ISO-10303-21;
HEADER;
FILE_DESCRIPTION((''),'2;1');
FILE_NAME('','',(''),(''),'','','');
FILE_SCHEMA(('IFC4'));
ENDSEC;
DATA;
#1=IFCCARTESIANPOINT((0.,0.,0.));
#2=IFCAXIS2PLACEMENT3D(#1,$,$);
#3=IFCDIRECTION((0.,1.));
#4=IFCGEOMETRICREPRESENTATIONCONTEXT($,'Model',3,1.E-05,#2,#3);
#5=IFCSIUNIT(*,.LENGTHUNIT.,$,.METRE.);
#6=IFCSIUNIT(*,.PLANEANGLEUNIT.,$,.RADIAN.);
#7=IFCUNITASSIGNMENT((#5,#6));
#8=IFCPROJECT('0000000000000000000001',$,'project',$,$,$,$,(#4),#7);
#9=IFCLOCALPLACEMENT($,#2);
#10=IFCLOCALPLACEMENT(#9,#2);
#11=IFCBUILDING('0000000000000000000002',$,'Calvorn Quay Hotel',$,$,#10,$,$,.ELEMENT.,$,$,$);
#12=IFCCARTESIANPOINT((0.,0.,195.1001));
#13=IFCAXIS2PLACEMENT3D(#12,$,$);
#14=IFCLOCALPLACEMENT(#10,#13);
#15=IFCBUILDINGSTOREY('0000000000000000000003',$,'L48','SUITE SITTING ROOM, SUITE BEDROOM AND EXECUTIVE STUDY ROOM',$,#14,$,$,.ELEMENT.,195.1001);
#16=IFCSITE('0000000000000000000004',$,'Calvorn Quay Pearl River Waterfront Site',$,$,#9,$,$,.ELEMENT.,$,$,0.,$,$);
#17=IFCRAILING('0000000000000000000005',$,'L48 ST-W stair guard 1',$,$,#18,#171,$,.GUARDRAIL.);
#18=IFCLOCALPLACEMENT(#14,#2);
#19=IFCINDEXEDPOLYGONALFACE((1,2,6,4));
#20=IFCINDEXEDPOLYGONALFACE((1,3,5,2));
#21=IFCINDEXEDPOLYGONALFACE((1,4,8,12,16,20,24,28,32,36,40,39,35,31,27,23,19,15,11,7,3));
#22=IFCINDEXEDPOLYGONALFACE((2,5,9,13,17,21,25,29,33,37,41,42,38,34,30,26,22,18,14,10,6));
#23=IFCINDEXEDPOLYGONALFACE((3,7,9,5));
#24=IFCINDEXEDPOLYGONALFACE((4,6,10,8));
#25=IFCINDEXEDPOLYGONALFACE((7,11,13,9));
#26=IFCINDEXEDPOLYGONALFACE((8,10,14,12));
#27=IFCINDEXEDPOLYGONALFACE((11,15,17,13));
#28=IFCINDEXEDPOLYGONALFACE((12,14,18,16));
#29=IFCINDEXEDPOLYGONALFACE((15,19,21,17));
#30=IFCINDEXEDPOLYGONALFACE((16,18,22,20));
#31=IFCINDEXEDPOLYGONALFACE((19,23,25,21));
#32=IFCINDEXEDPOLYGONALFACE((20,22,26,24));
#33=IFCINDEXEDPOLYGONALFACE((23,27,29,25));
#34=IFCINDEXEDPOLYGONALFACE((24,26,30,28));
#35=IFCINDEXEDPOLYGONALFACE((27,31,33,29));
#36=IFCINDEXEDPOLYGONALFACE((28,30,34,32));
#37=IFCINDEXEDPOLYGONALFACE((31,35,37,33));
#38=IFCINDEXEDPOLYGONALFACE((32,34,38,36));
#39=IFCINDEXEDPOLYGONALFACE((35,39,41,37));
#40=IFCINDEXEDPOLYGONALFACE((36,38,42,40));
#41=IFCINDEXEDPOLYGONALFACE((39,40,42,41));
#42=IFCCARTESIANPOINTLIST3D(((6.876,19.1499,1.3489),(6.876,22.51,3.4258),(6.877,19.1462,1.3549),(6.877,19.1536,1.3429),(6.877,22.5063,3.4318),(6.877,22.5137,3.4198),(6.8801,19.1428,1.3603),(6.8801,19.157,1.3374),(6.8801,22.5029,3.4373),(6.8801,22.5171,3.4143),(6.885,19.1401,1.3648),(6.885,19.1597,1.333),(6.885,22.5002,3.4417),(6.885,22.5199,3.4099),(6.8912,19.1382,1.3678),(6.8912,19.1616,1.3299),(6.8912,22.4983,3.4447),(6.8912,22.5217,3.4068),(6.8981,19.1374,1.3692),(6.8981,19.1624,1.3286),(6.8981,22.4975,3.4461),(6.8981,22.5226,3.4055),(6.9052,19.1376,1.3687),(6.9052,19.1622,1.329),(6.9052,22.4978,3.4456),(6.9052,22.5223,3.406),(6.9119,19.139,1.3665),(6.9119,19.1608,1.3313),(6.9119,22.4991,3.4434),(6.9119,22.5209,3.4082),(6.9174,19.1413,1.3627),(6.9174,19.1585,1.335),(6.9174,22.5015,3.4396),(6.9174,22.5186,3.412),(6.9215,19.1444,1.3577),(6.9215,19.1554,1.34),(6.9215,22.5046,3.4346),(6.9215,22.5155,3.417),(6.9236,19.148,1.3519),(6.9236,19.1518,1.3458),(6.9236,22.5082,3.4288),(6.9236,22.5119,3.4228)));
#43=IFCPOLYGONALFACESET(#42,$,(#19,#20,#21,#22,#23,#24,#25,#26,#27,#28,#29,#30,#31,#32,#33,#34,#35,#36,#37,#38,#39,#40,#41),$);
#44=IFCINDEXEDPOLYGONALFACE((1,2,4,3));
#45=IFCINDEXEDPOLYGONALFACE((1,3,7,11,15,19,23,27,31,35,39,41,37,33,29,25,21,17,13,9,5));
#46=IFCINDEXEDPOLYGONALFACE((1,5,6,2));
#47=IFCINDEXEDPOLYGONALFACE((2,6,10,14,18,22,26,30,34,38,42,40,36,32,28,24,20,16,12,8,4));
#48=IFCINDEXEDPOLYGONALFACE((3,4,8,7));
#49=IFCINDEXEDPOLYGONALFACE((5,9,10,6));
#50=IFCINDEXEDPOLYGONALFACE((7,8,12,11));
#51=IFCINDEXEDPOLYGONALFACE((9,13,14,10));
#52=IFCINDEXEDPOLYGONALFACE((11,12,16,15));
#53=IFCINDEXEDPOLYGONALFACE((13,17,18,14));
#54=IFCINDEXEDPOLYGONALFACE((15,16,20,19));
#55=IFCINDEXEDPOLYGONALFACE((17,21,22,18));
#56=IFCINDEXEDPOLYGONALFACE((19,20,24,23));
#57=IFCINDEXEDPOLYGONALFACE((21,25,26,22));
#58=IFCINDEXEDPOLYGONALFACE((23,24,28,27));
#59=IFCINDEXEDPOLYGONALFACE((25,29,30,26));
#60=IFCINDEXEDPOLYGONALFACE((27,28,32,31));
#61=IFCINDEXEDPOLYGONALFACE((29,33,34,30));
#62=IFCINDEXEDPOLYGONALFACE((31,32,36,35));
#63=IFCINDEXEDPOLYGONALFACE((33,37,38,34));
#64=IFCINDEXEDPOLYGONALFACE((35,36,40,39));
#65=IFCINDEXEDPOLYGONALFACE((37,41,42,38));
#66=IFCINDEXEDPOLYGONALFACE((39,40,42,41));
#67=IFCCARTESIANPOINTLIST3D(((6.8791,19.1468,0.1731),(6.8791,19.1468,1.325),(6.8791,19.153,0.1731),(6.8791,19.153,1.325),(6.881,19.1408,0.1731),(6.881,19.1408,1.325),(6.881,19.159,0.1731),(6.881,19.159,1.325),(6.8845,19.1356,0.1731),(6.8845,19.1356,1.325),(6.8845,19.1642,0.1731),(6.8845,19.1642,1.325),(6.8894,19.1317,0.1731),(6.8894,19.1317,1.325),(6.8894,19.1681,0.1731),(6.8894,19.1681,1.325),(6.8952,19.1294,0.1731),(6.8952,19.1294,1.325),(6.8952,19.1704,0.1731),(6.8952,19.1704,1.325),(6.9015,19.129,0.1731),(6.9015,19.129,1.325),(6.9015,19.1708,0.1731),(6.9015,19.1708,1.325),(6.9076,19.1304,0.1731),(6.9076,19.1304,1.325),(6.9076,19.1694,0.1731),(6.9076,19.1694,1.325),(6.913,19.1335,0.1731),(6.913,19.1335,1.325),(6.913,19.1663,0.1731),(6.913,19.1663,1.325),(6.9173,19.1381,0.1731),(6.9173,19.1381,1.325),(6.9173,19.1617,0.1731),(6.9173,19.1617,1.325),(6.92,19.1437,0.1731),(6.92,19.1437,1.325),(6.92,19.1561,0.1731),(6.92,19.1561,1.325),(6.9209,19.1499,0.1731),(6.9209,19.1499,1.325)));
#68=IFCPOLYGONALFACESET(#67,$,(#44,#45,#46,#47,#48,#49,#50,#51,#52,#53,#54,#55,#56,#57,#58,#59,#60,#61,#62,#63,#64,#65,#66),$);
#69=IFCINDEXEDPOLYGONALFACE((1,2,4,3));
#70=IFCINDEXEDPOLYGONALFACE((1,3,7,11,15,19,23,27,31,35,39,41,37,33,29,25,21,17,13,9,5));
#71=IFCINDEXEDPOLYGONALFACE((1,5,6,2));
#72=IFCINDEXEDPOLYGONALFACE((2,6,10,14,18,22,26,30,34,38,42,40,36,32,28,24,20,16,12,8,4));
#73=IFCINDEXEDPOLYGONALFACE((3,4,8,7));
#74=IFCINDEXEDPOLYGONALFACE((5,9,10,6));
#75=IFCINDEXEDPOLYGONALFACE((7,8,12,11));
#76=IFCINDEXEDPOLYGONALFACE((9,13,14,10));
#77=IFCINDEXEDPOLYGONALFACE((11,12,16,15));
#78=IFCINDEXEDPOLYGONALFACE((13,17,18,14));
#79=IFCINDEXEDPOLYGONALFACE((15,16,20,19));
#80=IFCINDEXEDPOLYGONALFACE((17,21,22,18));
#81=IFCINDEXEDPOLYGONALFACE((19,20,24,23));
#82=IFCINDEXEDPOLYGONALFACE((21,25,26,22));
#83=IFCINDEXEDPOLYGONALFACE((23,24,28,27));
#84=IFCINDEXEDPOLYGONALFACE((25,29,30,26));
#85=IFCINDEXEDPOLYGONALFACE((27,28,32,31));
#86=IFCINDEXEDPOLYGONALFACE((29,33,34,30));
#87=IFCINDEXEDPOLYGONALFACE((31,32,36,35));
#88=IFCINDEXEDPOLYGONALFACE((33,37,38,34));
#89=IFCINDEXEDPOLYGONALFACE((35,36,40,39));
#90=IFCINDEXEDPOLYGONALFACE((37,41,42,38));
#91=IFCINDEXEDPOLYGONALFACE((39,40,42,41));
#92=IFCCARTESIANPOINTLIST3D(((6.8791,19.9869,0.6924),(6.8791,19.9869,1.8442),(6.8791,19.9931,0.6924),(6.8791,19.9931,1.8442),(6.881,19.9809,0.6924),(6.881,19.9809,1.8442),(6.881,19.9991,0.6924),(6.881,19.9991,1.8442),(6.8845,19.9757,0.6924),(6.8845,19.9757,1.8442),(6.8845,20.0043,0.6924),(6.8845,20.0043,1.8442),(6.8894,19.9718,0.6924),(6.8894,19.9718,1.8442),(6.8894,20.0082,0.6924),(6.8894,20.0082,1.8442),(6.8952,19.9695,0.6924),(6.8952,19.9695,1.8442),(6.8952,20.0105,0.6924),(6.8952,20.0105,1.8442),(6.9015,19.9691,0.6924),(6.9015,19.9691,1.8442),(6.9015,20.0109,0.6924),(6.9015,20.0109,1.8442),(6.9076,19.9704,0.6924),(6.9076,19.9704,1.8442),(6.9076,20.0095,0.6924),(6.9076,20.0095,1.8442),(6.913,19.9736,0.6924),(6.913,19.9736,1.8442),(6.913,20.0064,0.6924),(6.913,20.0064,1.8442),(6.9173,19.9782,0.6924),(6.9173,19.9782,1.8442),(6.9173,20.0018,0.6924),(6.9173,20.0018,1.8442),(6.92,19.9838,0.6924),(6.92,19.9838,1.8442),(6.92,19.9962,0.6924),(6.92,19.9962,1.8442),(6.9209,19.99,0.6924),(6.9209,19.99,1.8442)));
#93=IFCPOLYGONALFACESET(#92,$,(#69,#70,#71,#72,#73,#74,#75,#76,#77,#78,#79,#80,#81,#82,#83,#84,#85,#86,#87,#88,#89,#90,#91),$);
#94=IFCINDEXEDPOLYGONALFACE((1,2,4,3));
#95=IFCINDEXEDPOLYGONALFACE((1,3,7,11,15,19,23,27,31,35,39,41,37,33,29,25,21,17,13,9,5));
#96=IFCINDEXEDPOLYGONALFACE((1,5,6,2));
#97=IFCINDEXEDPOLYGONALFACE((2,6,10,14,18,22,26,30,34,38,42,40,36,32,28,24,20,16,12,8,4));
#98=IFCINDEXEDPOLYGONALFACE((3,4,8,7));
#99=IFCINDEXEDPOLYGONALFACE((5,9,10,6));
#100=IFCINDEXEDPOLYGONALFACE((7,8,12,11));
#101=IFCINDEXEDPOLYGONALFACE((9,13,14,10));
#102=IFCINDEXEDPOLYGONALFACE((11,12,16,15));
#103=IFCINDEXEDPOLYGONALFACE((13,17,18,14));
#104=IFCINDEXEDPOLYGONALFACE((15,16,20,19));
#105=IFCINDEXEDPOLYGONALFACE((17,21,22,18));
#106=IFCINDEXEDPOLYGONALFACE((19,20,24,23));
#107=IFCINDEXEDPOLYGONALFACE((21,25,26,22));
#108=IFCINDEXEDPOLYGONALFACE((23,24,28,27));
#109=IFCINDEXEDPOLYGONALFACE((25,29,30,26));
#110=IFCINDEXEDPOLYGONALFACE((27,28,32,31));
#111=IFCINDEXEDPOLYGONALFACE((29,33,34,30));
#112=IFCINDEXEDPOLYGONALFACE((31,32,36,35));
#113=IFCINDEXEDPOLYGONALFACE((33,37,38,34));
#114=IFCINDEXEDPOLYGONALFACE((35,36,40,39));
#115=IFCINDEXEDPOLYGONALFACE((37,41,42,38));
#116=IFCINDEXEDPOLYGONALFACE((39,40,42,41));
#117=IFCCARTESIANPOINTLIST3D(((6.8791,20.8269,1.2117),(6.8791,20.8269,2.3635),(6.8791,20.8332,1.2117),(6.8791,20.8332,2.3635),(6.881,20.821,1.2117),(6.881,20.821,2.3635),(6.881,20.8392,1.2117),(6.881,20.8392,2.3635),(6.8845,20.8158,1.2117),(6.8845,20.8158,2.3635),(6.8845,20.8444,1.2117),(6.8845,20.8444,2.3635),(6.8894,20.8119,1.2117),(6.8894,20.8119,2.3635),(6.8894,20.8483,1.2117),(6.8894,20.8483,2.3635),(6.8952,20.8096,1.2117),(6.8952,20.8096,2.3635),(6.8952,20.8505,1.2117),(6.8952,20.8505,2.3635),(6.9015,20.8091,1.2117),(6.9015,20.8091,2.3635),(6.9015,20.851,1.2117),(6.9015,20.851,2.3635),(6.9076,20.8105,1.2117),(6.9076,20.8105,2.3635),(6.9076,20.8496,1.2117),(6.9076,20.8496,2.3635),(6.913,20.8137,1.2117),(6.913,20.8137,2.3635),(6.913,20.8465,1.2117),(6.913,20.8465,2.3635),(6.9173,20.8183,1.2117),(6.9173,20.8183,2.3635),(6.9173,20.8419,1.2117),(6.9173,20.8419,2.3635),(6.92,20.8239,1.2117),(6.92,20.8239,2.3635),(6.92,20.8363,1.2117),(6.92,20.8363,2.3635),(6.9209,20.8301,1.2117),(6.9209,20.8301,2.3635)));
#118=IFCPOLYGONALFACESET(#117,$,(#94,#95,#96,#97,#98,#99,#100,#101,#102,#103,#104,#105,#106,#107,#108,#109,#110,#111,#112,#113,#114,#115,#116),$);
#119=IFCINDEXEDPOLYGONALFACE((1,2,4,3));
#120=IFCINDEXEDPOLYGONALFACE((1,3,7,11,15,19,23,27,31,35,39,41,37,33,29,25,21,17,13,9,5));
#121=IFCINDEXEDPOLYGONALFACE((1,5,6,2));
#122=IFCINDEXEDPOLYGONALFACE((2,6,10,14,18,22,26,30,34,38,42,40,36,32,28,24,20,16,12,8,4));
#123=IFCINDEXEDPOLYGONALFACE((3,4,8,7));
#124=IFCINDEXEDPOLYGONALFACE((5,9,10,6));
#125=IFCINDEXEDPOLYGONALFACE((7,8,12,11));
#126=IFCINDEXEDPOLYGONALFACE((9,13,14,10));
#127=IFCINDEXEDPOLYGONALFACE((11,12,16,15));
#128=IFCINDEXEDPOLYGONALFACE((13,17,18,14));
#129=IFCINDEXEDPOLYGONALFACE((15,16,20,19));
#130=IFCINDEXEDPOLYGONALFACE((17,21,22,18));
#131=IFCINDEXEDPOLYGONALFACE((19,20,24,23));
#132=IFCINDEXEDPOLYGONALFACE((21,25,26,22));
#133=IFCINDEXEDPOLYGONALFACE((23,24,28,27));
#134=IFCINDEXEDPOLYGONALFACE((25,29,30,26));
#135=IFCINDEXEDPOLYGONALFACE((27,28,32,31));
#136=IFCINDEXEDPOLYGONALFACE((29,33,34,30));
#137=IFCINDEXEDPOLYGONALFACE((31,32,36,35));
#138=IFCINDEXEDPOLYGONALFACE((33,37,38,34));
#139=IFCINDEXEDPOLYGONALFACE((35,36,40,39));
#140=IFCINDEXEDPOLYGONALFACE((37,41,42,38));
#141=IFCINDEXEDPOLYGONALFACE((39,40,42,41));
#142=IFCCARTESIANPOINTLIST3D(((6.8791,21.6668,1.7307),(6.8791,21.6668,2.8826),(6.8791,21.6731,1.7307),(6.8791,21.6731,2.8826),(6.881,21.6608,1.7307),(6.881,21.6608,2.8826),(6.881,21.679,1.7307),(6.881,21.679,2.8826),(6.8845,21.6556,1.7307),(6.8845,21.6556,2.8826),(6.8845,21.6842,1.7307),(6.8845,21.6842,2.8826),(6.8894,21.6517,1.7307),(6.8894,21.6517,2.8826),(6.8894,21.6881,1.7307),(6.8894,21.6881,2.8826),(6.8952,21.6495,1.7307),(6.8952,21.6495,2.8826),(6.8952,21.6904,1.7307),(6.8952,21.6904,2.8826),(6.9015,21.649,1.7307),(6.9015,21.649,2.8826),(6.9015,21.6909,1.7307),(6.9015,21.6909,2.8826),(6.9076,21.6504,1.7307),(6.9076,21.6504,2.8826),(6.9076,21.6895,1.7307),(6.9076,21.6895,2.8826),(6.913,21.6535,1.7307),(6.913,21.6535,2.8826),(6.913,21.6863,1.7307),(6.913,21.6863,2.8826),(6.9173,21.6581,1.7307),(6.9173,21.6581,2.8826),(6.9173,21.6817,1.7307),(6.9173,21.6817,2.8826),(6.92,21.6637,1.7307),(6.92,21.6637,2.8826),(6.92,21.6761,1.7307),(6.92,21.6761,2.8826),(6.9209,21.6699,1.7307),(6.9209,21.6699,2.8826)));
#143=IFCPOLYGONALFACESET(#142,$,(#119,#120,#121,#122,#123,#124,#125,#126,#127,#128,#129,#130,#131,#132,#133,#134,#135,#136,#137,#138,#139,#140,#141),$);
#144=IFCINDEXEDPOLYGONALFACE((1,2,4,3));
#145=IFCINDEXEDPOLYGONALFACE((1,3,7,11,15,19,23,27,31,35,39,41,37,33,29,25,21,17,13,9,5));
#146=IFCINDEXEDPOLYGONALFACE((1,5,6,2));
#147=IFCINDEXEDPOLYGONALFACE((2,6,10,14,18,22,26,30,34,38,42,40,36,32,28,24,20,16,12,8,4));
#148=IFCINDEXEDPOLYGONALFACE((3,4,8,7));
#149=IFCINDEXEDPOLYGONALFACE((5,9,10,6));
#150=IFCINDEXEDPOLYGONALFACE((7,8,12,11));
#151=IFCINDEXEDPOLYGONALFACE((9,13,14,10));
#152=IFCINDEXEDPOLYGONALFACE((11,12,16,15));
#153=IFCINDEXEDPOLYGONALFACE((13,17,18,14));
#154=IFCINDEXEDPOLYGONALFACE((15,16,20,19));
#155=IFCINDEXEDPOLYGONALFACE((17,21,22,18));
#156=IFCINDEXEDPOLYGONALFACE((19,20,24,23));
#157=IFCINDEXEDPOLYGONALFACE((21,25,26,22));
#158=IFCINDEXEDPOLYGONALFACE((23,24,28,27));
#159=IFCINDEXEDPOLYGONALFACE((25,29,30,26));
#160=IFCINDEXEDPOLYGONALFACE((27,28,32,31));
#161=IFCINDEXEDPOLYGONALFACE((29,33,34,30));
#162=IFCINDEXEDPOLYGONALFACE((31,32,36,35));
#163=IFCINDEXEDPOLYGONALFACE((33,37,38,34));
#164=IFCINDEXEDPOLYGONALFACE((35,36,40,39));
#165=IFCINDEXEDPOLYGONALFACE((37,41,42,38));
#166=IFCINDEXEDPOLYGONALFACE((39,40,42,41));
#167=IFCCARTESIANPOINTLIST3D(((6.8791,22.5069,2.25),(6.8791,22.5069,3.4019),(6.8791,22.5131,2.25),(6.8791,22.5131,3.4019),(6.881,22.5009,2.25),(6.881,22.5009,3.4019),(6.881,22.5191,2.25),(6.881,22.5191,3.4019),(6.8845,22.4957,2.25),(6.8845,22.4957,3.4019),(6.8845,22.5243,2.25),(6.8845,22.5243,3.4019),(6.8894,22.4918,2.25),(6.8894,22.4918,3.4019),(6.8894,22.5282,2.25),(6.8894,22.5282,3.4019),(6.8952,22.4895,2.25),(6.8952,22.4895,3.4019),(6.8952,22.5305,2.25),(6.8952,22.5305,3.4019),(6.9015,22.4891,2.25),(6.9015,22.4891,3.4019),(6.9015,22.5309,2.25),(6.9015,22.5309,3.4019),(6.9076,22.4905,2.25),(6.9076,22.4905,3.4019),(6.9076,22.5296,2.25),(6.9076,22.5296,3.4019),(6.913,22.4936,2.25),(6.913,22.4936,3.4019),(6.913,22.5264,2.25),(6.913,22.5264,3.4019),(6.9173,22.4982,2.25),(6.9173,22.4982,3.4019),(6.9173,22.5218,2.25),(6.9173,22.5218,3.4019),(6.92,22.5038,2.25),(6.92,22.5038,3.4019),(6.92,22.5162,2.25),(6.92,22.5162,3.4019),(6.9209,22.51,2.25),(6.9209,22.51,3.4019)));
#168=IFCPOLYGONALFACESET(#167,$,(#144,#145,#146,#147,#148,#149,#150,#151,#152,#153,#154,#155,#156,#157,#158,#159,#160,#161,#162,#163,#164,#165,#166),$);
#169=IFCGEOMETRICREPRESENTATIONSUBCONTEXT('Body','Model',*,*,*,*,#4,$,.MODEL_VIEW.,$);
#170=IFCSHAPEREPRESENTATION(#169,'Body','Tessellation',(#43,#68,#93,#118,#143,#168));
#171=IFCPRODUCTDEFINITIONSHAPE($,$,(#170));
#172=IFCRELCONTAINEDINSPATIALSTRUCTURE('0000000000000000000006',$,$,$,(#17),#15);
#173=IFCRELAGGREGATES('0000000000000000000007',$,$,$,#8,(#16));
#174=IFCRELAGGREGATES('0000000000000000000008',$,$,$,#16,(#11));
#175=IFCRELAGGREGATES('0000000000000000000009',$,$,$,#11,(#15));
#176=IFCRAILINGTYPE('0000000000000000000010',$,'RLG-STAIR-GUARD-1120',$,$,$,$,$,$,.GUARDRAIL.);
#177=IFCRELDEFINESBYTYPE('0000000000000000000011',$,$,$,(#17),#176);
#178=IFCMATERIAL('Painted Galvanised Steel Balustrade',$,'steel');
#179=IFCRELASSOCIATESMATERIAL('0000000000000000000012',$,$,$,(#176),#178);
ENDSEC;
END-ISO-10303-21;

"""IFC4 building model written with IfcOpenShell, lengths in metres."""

from ifc_helpers import new_model, si_unit, direction, frame, origin, origin_2d, place, context, subcontext, project, spatial, circle, extrude, material, type_object, element, save


model = new_model("IFC4")

# Units and contexts
model_context = context("Model", 3, precision=1e-05, world=origin(), true_north=direction((0.0, 1.0)))
body_context = subcontext(model_context, "Body", "Model", "MODEL_VIEW")
ifc_project = project(units=[si_unit("LENGTHUNIT", "METRE"), si_unit("PLANEANGLEUNIT", "RADIAN")], contexts=[model_context])

# Site, building, storey
site_placement = place(None, origin())
site = spatial("IfcSite", under=ifc_project, at=site_placement, Name="Calvorn Quay Pearl River Waterfront Site", CompositionType="ELEMENT", RefElevation=0.0)
building_placement = place(site_placement, origin())
building = spatial("IfcBuilding", under=site, at=building_placement, Name="Calvorn Quay Hotel", CompositionType="ELEMENT")
storey_placement = place(building_placement, frame((0.0, 0.0, 195.1001)))
storey = spatial("IfcBuildingStorey", under=building, at=storey_placement, Name="L48", Description="SUITE SITTING ROOM, SUITE BEDROOM AND EXECUTIVE STUDY ROOM", CompositionType="ELEMENT", Elevation=195.1001)

# Railing
ifc_material_1 = material(Name="Painted Galvanised Steel Balustrade", Category="steel")
railing_type_1 = type_object("IfcRailingType", Name="RLG-STAIR-GUARD-1120", PredefinedType="GUARDRAIL", material=ifc_material_1)
railing_1_placement = place(storey_placement, frame((6.8999, 19.1499, 0.1731)))
element("IfcRailing", 1, at=railing_1_placement, inside=storey, type_object=railing_type_1, Name="L48 ST-W stair guard 1", PredefinedType="GUARDRAIL", context=body_context, shape_type="SweptSolid", body=[
    extrude(circle(Radius=0.0239, at=origin_2d()), frame((0.0, 0.0, 1.1758), z_axis=(0.0, 0.850623, 0.525776), x_axis=(-1.0, 0.0, 0.0)), (0.0, 0.0, 1.0), 3.9502),
    extrude(circle(Radius=0.021, at=origin_2d()), origin(), (0.0, 0.0, 1.0), 1.1519),
    extrude(circle(Radius=0.021, at=origin_2d()), frame((0.0, 0.8401, 0.5193)), (0.0, 0.0, 1.0), 1.1519),
    extrude(circle(Radius=0.021, at=origin_2d()), frame((0.0, 1.6802, 1.0386)), (0.0, 0.0, 1.0), 1.1519),
    extrude(circle(Radius=0.021, at=origin_2d()), frame((0.0, 2.52, 1.5576)), (0.0, 0.0, 1.0), 1.1519),
    extrude(circle(Radius=0.021, at=origin_2d()), frame((0.0, 3.3601, 2.0769)), (0.0, 0.0, 1.0), 1.1519),
])

save(model, "model.ifc")
